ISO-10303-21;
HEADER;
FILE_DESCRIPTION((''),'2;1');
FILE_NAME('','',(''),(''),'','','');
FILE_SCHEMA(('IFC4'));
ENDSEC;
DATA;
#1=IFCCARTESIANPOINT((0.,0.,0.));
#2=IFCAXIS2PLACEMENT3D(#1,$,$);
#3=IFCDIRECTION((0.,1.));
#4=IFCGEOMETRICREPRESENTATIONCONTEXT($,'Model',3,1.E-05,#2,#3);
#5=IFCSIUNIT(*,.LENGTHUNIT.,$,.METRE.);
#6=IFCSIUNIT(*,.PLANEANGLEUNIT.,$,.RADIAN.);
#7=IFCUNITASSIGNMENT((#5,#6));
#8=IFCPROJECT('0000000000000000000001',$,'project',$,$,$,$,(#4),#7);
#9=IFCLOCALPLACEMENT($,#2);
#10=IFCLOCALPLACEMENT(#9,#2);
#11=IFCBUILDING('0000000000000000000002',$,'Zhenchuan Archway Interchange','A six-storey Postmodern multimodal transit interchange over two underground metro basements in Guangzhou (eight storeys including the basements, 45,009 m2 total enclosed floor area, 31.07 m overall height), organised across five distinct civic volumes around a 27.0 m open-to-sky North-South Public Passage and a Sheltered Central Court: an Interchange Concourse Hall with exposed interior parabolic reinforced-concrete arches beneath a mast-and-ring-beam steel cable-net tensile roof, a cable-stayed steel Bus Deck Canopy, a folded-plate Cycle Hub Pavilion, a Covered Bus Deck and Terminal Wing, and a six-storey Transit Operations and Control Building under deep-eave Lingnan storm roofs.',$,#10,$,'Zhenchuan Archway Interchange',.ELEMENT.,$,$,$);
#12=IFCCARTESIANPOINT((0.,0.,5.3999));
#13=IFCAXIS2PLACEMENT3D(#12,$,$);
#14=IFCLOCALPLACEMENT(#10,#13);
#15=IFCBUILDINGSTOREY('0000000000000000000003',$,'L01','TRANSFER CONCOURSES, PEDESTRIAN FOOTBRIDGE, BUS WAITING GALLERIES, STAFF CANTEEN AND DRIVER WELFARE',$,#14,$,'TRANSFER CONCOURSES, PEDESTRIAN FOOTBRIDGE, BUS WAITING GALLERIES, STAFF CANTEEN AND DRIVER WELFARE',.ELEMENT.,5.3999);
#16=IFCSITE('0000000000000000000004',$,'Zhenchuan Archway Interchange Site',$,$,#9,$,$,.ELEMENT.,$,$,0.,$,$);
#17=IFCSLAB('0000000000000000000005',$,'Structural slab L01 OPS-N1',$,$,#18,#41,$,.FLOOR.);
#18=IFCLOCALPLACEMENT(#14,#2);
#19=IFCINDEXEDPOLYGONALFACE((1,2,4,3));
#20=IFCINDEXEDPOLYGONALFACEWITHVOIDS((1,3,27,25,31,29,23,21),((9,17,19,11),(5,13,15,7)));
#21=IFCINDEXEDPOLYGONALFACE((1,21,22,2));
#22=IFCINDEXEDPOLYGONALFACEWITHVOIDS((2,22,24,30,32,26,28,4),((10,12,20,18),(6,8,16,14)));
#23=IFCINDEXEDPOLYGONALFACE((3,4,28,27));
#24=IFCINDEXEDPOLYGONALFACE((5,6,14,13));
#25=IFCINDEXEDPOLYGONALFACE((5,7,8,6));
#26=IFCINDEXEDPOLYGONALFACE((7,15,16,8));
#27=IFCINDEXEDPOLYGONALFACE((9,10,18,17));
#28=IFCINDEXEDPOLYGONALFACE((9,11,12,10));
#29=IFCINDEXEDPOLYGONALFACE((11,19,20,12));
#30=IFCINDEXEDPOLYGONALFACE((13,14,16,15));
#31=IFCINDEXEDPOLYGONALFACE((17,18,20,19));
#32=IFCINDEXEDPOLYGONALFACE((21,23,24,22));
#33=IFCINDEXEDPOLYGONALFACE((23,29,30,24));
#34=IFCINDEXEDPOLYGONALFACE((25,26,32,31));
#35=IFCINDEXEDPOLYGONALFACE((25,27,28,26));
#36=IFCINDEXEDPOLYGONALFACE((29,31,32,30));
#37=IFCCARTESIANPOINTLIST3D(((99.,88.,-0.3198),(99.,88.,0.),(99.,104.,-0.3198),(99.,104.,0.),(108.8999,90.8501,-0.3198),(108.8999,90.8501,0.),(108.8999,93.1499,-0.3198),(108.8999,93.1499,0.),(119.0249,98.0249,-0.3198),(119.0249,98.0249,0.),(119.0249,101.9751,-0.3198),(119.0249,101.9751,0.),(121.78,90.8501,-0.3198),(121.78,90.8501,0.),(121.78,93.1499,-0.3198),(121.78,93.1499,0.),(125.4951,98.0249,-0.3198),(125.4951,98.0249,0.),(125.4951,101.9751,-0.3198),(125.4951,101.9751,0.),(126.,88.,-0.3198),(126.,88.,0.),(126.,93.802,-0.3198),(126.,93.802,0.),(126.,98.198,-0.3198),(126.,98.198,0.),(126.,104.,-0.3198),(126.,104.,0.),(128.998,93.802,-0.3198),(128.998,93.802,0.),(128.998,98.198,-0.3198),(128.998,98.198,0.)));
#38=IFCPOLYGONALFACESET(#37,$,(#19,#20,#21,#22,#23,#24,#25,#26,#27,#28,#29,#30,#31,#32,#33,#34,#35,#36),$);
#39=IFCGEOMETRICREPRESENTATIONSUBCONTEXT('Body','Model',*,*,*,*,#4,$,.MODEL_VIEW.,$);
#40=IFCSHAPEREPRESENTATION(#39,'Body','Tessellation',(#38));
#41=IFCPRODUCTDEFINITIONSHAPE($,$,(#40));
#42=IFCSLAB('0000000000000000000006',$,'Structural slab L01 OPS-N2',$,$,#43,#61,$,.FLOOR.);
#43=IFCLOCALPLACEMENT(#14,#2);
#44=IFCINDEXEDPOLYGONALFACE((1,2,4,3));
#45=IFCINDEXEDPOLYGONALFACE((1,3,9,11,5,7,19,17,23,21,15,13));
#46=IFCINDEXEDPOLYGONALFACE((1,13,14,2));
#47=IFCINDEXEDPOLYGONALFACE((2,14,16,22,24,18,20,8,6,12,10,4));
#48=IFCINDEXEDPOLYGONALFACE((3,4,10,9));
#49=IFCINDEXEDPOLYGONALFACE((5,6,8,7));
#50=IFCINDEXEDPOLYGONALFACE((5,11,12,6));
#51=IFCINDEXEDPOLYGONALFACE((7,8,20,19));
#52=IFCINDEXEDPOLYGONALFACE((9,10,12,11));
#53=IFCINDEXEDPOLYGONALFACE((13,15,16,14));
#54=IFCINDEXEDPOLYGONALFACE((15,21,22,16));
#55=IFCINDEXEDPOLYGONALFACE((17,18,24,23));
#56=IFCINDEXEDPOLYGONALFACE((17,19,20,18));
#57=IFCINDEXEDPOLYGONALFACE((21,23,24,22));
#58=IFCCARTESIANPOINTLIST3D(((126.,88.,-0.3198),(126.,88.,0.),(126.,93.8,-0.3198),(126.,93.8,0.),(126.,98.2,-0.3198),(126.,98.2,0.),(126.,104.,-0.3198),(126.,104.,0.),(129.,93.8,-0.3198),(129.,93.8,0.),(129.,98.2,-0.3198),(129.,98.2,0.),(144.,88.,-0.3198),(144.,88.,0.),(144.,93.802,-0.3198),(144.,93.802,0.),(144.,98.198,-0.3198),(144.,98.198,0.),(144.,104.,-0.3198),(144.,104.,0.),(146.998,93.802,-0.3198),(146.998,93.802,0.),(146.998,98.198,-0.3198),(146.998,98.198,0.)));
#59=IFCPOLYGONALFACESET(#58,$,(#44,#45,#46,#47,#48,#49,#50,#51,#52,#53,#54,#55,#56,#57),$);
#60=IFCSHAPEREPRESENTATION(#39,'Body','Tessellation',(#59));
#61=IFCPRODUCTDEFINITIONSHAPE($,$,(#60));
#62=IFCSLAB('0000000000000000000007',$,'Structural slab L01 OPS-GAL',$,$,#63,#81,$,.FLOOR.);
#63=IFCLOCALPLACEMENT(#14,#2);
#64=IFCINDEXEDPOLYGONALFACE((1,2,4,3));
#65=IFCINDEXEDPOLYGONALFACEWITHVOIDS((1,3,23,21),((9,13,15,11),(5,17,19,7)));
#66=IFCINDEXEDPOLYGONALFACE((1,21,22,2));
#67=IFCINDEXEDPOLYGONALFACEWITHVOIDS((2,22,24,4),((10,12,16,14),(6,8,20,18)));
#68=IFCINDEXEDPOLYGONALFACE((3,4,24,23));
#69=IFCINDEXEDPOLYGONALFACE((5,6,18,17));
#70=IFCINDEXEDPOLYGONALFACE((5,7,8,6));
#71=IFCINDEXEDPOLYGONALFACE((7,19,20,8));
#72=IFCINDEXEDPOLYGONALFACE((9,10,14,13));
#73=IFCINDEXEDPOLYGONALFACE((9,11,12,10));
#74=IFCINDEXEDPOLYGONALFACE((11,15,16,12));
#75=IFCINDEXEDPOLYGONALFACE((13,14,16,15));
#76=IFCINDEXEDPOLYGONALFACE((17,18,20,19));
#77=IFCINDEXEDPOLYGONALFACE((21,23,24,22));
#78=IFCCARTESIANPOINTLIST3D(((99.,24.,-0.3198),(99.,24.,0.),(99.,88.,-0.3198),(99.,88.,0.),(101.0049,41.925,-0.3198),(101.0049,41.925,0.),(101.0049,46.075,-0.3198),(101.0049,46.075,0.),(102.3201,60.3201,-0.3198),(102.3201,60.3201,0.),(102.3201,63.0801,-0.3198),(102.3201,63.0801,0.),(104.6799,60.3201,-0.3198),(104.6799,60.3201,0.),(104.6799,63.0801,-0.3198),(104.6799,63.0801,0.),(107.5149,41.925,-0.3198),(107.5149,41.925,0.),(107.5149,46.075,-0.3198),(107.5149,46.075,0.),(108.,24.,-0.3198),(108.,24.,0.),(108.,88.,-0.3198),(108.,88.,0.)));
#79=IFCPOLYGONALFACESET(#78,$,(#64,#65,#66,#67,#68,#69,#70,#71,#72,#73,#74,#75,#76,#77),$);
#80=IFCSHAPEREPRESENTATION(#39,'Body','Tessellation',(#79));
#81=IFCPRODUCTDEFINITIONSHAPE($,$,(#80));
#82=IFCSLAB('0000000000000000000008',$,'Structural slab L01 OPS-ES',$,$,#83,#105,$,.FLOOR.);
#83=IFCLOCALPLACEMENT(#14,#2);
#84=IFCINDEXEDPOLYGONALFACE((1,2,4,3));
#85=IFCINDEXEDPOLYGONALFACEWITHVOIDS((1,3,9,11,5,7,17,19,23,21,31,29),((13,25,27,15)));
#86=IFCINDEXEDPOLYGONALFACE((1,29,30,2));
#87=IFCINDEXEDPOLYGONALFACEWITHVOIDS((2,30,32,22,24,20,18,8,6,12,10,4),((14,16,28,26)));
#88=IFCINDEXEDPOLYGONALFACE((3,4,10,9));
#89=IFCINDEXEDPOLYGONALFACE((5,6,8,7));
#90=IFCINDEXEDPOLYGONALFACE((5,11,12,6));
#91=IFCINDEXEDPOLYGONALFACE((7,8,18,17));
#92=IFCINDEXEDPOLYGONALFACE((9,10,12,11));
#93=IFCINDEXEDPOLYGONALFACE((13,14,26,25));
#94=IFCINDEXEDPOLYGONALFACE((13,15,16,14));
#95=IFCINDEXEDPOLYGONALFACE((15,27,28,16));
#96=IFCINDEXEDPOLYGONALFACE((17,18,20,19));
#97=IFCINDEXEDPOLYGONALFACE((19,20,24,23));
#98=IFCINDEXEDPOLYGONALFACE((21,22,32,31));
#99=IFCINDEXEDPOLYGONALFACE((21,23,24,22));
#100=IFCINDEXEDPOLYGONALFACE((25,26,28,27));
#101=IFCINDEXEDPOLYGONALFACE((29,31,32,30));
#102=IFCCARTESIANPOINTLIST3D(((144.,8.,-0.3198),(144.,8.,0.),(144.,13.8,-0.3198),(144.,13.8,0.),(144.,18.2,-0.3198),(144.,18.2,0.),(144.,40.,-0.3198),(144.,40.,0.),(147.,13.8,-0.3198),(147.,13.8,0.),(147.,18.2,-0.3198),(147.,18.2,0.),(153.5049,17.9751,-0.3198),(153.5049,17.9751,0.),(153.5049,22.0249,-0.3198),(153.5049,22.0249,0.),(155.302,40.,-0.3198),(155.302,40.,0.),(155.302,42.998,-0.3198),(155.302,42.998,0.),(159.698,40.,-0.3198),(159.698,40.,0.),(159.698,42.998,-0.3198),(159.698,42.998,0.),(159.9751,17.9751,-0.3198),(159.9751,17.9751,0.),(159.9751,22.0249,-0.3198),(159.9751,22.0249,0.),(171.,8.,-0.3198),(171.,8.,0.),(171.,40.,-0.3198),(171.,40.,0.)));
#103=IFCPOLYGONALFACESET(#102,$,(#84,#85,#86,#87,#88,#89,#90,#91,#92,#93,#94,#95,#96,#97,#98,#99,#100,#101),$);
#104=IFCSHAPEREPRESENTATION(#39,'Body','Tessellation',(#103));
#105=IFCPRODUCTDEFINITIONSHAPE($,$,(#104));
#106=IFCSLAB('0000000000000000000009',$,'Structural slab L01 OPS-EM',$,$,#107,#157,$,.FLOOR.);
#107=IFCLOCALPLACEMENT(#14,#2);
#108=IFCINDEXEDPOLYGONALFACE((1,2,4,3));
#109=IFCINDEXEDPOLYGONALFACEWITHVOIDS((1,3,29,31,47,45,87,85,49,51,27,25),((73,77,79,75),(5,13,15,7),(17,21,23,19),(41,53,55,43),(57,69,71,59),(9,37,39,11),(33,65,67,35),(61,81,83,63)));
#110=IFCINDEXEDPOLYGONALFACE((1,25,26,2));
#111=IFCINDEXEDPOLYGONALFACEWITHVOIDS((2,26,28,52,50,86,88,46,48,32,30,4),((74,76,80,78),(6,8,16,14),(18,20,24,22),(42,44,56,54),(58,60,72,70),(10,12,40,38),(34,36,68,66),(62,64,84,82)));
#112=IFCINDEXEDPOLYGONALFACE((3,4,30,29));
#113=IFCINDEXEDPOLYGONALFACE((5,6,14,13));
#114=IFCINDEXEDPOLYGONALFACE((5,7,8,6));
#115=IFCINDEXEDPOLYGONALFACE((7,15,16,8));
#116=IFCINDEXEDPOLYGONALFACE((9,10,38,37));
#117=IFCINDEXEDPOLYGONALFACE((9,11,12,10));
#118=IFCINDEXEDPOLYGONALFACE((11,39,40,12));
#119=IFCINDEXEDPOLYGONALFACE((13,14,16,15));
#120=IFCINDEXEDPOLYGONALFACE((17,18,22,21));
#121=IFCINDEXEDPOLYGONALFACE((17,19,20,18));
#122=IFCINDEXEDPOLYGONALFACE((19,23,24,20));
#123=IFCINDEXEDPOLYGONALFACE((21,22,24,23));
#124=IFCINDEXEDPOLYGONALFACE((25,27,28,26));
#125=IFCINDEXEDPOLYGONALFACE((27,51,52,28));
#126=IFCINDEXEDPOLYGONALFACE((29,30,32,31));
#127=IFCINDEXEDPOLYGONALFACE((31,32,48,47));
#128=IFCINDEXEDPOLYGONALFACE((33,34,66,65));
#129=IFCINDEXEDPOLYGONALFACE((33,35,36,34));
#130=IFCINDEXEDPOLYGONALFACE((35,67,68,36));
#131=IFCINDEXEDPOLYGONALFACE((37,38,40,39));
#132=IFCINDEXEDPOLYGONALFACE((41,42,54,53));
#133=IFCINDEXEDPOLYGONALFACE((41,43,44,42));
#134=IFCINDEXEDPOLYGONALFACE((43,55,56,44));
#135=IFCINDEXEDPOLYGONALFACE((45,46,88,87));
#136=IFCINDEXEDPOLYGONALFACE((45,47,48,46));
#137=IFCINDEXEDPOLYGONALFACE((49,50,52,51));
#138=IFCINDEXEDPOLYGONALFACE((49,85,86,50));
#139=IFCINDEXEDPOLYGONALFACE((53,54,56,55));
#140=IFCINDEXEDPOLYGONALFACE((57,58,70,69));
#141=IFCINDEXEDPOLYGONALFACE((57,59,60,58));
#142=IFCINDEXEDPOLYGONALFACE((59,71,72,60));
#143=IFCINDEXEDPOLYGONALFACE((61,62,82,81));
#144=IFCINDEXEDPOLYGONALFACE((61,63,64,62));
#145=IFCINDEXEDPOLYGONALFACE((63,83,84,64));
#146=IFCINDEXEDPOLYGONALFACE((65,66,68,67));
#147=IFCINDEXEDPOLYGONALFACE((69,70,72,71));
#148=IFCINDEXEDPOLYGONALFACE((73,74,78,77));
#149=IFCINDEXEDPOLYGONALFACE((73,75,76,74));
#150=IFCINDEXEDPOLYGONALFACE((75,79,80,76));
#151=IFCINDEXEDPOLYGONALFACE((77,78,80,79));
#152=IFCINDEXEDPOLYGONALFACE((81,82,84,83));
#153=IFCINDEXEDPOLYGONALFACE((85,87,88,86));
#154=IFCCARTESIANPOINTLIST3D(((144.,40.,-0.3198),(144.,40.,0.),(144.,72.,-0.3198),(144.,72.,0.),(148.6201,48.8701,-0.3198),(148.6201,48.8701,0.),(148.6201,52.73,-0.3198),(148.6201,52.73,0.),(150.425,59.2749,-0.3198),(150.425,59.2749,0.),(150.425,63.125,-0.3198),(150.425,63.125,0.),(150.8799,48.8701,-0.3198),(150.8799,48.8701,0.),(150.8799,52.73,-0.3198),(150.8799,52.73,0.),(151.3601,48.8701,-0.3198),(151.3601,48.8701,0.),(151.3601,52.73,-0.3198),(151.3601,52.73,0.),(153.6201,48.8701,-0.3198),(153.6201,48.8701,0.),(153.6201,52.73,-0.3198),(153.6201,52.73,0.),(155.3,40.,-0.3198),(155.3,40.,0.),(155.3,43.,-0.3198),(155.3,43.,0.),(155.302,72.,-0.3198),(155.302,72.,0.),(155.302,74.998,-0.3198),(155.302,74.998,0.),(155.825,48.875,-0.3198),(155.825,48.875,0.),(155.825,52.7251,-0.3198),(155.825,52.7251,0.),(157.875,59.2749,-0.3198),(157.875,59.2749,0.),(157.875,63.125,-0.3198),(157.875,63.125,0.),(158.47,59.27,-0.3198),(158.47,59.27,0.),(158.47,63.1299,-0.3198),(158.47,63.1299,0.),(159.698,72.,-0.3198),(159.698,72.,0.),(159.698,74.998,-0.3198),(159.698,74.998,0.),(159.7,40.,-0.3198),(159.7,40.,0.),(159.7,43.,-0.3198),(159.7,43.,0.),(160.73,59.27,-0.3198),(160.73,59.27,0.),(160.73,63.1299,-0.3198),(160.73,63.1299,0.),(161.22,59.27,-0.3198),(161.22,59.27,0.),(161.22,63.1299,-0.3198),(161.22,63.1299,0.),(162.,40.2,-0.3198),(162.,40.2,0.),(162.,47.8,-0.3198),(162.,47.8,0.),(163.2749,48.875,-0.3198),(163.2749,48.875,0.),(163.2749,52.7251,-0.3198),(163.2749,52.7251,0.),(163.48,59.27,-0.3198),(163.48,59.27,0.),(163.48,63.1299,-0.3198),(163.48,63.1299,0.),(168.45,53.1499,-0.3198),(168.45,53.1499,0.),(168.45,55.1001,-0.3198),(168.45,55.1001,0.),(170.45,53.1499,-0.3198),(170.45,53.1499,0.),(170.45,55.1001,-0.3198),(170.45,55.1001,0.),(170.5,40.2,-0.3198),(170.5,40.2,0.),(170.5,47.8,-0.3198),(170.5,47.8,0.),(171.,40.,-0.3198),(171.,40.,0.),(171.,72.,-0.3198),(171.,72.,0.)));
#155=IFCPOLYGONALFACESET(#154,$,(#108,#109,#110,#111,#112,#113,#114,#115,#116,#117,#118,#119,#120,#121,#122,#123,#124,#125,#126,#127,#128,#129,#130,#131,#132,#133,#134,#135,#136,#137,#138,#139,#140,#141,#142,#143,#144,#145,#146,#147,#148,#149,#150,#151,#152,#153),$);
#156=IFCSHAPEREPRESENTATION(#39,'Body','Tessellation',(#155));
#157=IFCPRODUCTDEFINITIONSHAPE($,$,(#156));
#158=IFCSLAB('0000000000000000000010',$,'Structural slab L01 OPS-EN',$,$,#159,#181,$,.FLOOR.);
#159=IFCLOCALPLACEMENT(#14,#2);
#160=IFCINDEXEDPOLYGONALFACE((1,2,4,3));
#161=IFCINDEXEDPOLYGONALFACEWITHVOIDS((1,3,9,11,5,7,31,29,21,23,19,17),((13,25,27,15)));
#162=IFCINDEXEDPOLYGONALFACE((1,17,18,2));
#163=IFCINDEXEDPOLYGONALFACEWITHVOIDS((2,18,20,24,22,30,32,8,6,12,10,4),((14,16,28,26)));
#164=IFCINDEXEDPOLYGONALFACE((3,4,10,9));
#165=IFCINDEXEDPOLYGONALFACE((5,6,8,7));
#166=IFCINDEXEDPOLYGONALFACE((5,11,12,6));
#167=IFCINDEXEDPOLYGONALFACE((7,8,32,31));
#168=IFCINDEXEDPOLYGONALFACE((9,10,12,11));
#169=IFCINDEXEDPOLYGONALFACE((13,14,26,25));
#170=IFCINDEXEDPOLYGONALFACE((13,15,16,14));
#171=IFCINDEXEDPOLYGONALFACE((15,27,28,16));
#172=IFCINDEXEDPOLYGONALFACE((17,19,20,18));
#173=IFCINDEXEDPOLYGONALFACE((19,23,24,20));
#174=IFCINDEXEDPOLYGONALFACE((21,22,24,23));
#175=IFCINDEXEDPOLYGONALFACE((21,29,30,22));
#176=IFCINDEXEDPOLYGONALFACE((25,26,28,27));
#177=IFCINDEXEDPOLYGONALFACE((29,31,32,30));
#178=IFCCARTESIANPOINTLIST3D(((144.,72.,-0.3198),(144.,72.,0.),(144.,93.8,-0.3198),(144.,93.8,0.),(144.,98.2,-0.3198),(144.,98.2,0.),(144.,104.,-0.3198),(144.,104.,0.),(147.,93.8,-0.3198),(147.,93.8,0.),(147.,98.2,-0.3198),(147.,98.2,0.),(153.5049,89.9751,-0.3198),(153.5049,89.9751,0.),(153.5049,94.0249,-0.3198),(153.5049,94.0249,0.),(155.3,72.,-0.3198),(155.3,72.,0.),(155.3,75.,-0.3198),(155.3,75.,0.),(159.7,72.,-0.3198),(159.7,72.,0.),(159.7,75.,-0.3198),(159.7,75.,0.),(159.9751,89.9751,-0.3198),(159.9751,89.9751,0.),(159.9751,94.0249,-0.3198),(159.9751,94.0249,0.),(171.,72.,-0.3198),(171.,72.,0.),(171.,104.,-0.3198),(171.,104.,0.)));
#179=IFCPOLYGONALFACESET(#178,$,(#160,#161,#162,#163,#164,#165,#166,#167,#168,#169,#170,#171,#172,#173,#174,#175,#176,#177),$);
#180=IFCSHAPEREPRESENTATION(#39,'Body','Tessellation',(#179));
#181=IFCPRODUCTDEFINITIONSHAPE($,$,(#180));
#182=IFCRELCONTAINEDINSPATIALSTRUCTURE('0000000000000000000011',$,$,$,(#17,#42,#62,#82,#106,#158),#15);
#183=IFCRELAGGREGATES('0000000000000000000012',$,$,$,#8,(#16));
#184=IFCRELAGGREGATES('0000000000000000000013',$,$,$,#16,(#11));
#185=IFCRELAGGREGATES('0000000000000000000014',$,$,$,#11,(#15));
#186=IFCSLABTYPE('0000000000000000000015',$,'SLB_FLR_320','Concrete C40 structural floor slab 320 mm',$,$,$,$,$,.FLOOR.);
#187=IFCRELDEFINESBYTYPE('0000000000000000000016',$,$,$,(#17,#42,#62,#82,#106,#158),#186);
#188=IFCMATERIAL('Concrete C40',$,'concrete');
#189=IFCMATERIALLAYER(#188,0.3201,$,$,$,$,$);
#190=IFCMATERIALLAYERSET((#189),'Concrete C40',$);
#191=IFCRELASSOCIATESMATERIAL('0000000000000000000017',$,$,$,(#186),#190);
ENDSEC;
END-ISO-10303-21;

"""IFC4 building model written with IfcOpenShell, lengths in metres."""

from ifc_helpers import new_model, si_unit, direction, frame, origin, place, context, subcontext, project, spatial, polyline, outline, extrude, material, layer, layer_set, type_object, element, save


model = new_model("IFC4")

# Units and contexts
model_context = context("Model", 3, precision=1e-05, world=origin(), true_north=direction((0.0, 1.0)))
body_context = subcontext(model_context, "Body", "Model", "MODEL_VIEW")
ifc_project = project(units=[si_unit("LENGTHUNIT", "METRE"), si_unit("PLANEANGLEUNIT", "RADIAN")], contexts=[model_context])

# Site, building, storey
site_placement = place(None, origin())
site = spatial("IfcSite", under=ifc_project, at=site_placement, Name="Zhenchuan Archway Interchange Site", CompositionType="ELEMENT", RefElevation=0.0)
building_placement = place(site_placement, origin())
building = spatial("IfcBuilding", under=site, at=building_placement, Name="Zhenchuan Archway Interchange", Description="A six-storey Postmodern multimodal transit interchange over two underground metro basements in Guangzhou (eight storeys including the basements, 45,009 m2 total enclosed floor area, 31.07 m overall height), organised across five distinct civic volumes around a 27.0 m open-to-sky North-South Public Passage and a Sheltered Central Court: an Interchange Concourse Hall with exposed interior parabolic reinforced-concrete arches beneath a mast-and-ring-beam steel cable-net tensile roof, a cable-stayed steel Bus Deck Canopy, a folded-plate Cycle Hub Pavilion, a Covered Bus Deck and Terminal Wing, and a six-storey Transit Operations and Control Building under deep-eave Lingnan storm roofs.", LongName="Zhenchuan Archway Interchange", CompositionType="ELEMENT")
storey_placement = place(building_placement, frame((0.0, 0.0, 5.3999)))
storey = spatial("IfcBuildingStorey", under=building, at=storey_placement, Name="L01", Description="TRANSFER CONCOURSES, PEDESTRIAN FOOTBRIDGE, BUS WAITING GALLERIES, STAFF CANTEEN AND DRIVER WELFARE", LongName="TRANSFER CONCOURSES, PEDESTRIAN FOOTBRIDGE, BUS WAITING GALLERIES, STAFF CANTEEN AND DRIVER WELFARE", CompositionType="ELEMENT", Elevation=5.3999)

# Shared definitions
ifc_material_1 = material(Name="Concrete C40", Category="concrete")

# Slabs
ifc_layer_1 = layer(ifc_material_1, 0.3201)
ifc_layer_set_1 = layer_set([ifc_layer_1], Name="Concrete C40")
slab_type_1 = type_object("IfcSlabType", Name="SLB_FLR_320", Description="Concrete C40 structural floor slab 320 mm", PredefinedType="FLOOR", material=ifc_layer_set_1)
slab_1_placement = place(storey_placement, frame((0.0, 0.0, -0.3198)))
element("IfcSlab", 1, at=slab_1_placement, inside=storey, type_object=slab_type_1, Name="Structural slab L01 OPS-N1", PredefinedType="FLOOR", context=body_context, shape_type="SweptSolid", body=[
    extrude(outline(polyline([(99.0, 104.0), (126.0, 104.0), (126.0, 98.198), (128.998, 98.198), (128.998, 93.802), (126.0, 93.802), (126.0, 88.0), (99.0, 88.0), (99.0, 104.0)]), holes=[polyline([(125.4951, 101.9751), (119.0249, 101.9751), (119.0249, 98.0249), (125.4951, 98.0249), (125.4951, 101.9751)]), polyline([(121.78, 90.8501), (121.78, 93.1499), (108.8999, 93.1499), (108.8999, 90.8501), (121.78, 90.8501)])]), origin(), (0.0, 0.0, 1.0), 0.3198),
])
slab_2_placement = place(storey_placement, frame((0.0, 0.0, -0.3198)))
element("IfcSlab", 2, at=slab_2_placement, inside=storey, type_object=slab_type_1, Name="Structural slab L01 OPS-N2", PredefinedType="FLOOR", context=body_context, shape_type="SweptSolid", body=[
    extrude(outline(polyline([(144.0, 104.0), (144.0, 98.198), (146.998, 98.198), (146.998, 93.802), (144.0, 93.802), (144.0, 88.0), (126.0, 88.0), (126.0, 93.8), (129.0, 93.8), (129.0, 98.2), (126.0, 98.2), (126.0, 104.0), (144.0, 104.0)])), origin(), (0.0, 0.0, 1.0), 0.3198),
])
slab_3_placement = place(storey_placement, frame((0.0, 0.0, -0.3198)))
element("IfcSlab", 3, at=slab_3_placement, inside=storey, type_object=slab_type_1, Name="Structural slab L01 OPS-GAL", PredefinedType="FLOOR", context=body_context, shape_type="SweptSolid", body=[
    extrude(outline(polyline([(99.0, 88.0), (108.0, 88.0), (108.0, 24.0), (99.0, 24.0), (99.0, 88.0)]), holes=[polyline([(107.5149, 46.075), (101.0049, 46.075), (101.0049, 41.925), (107.5149, 41.925), (107.5149, 46.075)]), polyline([(104.6799, 60.3201), (104.6799, 63.0801), (102.3201, 63.0801), (102.3201, 60.3201), (104.6799, 60.3201)])]), origin(), (0.0, 0.0, 1.0), 0.3198),
])
slab_4_placement = place(storey_placement, frame((0.0, 0.0, -0.3198)))
element("IfcSlab", 4, at=slab_4_placement, inside=storey, type_object=slab_type_1, Name="Structural slab L01 OPS-ES", PredefinedType="FLOOR", context=body_context, shape_type="SweptSolid", body=[
    extrude(outline(polyline([(155.302, 42.998), (159.698, 42.998), (159.698, 40.0), (171.0, 40.0), (171.0, 8.0), (144.0, 8.0), (144.0, 13.8), (147.0, 13.8), (147.0, 18.2), (144.0, 18.2), (144.0, 40.0), (155.302, 40.0), (155.302, 42.998)]), holes=[polyline([(159.9751, 17.9751), (159.9751, 22.0249), (153.5049, 22.0249), (153.5049, 17.9751), (159.9751, 17.9751)])]), origin(), (0.0, 0.0, 1.0), 0.3198),
])
slab_5_placement = place(storey_placement, frame((0.0, 0.0, -0.3198)))
element("IfcSlab", 5, at=slab_5_placement, inside=storey, type_object=slab_type_1, Name="Structural slab L01 OPS-EM", PredefinedType="FLOOR", context=body_context, shape_type="SweptSolid", body=[
    extrude(outline(polyline([(159.7, 43.0), (155.3, 43.0), (155.3, 40.0), (144.0, 40.0), (144.0, 72.0), (155.302, 72.0), (155.302, 74.998), (159.698, 74.998), (159.698, 72.0), (171.0, 72.0), (171.0, 40.0), (159.7, 40.0), (159.7, 43.0)]), holes=[polyline([(150.425, 59.2749), (157.875, 59.2749), (157.875, 63.125), (150.425, 63.125), (150.425, 59.2749)]), polyline([(155.825, 52.7251), (155.825, 48.875), (163.2749, 48.875), (163.2749, 52.7251), (155.825, 52.7251)]), polyline([(160.73, 63.1299), (158.47, 63.1299), (158.47, 59.27), (160.73, 59.27), (160.73, 63.1299)]), polyline([(163.48, 59.27), (163.48, 63.1299), (161.22, 63.1299), (161.22, 59.27), (163.48, 59.27)]), polyline([(148.6201, 48.8701), (150.8799, 48.8701), (150.8799, 52.73), (148.6201, 52.73), (148.6201, 48.8701)]), polyline([(151.3601, 52.73), (151.3601, 48.8701), (153.6201, 48.8701), (153.6201, 52.73), (151.3601, 52.73)]), polyline([(170.5, 47.8), (162.0, 47.8), (162.0, 40.2), (170.5, 40.2), (170.5, 47.8)]), polyline([(170.45, 53.1499), (170.45, 55.1001), (168.45, 55.1001), (168.45, 53.1499), (170.45, 53.1499)])]), origin(), (0.0, 0.0, 1.0), 0.3198),
])
slab_6_placement = place(storey_placement, frame((0.0, 0.0, -0.3198)))
element("IfcSlab", 6, at=slab_6_placement, inside=storey, type_object=slab_type_1, Name="Structural slab L01 OPS-EN", PredefinedType="FLOOR", context=body_context, shape_type="SweptSolid", body=[
    extrude(outline(polyline([(171.0, 72.0), (159.7, 72.0), (159.7, 75.0), (155.3, 75.0), (155.3, 72.0), (144.0, 72.0), (144.0, 93.8), (147.0, 93.8), (147.0, 98.2), (144.0, 98.2), (144.0, 104.0), (171.0, 104.0), (171.0, 72.0)]), holes=[polyline([(159.9751, 89.9751), (159.9751, 94.0249), (153.5049, 94.0249), (153.5049, 89.9751), (159.9751, 89.9751)])]), origin(), (0.0, 0.0, 1.0), 0.3198),
])

save(model, "model.ifc")
